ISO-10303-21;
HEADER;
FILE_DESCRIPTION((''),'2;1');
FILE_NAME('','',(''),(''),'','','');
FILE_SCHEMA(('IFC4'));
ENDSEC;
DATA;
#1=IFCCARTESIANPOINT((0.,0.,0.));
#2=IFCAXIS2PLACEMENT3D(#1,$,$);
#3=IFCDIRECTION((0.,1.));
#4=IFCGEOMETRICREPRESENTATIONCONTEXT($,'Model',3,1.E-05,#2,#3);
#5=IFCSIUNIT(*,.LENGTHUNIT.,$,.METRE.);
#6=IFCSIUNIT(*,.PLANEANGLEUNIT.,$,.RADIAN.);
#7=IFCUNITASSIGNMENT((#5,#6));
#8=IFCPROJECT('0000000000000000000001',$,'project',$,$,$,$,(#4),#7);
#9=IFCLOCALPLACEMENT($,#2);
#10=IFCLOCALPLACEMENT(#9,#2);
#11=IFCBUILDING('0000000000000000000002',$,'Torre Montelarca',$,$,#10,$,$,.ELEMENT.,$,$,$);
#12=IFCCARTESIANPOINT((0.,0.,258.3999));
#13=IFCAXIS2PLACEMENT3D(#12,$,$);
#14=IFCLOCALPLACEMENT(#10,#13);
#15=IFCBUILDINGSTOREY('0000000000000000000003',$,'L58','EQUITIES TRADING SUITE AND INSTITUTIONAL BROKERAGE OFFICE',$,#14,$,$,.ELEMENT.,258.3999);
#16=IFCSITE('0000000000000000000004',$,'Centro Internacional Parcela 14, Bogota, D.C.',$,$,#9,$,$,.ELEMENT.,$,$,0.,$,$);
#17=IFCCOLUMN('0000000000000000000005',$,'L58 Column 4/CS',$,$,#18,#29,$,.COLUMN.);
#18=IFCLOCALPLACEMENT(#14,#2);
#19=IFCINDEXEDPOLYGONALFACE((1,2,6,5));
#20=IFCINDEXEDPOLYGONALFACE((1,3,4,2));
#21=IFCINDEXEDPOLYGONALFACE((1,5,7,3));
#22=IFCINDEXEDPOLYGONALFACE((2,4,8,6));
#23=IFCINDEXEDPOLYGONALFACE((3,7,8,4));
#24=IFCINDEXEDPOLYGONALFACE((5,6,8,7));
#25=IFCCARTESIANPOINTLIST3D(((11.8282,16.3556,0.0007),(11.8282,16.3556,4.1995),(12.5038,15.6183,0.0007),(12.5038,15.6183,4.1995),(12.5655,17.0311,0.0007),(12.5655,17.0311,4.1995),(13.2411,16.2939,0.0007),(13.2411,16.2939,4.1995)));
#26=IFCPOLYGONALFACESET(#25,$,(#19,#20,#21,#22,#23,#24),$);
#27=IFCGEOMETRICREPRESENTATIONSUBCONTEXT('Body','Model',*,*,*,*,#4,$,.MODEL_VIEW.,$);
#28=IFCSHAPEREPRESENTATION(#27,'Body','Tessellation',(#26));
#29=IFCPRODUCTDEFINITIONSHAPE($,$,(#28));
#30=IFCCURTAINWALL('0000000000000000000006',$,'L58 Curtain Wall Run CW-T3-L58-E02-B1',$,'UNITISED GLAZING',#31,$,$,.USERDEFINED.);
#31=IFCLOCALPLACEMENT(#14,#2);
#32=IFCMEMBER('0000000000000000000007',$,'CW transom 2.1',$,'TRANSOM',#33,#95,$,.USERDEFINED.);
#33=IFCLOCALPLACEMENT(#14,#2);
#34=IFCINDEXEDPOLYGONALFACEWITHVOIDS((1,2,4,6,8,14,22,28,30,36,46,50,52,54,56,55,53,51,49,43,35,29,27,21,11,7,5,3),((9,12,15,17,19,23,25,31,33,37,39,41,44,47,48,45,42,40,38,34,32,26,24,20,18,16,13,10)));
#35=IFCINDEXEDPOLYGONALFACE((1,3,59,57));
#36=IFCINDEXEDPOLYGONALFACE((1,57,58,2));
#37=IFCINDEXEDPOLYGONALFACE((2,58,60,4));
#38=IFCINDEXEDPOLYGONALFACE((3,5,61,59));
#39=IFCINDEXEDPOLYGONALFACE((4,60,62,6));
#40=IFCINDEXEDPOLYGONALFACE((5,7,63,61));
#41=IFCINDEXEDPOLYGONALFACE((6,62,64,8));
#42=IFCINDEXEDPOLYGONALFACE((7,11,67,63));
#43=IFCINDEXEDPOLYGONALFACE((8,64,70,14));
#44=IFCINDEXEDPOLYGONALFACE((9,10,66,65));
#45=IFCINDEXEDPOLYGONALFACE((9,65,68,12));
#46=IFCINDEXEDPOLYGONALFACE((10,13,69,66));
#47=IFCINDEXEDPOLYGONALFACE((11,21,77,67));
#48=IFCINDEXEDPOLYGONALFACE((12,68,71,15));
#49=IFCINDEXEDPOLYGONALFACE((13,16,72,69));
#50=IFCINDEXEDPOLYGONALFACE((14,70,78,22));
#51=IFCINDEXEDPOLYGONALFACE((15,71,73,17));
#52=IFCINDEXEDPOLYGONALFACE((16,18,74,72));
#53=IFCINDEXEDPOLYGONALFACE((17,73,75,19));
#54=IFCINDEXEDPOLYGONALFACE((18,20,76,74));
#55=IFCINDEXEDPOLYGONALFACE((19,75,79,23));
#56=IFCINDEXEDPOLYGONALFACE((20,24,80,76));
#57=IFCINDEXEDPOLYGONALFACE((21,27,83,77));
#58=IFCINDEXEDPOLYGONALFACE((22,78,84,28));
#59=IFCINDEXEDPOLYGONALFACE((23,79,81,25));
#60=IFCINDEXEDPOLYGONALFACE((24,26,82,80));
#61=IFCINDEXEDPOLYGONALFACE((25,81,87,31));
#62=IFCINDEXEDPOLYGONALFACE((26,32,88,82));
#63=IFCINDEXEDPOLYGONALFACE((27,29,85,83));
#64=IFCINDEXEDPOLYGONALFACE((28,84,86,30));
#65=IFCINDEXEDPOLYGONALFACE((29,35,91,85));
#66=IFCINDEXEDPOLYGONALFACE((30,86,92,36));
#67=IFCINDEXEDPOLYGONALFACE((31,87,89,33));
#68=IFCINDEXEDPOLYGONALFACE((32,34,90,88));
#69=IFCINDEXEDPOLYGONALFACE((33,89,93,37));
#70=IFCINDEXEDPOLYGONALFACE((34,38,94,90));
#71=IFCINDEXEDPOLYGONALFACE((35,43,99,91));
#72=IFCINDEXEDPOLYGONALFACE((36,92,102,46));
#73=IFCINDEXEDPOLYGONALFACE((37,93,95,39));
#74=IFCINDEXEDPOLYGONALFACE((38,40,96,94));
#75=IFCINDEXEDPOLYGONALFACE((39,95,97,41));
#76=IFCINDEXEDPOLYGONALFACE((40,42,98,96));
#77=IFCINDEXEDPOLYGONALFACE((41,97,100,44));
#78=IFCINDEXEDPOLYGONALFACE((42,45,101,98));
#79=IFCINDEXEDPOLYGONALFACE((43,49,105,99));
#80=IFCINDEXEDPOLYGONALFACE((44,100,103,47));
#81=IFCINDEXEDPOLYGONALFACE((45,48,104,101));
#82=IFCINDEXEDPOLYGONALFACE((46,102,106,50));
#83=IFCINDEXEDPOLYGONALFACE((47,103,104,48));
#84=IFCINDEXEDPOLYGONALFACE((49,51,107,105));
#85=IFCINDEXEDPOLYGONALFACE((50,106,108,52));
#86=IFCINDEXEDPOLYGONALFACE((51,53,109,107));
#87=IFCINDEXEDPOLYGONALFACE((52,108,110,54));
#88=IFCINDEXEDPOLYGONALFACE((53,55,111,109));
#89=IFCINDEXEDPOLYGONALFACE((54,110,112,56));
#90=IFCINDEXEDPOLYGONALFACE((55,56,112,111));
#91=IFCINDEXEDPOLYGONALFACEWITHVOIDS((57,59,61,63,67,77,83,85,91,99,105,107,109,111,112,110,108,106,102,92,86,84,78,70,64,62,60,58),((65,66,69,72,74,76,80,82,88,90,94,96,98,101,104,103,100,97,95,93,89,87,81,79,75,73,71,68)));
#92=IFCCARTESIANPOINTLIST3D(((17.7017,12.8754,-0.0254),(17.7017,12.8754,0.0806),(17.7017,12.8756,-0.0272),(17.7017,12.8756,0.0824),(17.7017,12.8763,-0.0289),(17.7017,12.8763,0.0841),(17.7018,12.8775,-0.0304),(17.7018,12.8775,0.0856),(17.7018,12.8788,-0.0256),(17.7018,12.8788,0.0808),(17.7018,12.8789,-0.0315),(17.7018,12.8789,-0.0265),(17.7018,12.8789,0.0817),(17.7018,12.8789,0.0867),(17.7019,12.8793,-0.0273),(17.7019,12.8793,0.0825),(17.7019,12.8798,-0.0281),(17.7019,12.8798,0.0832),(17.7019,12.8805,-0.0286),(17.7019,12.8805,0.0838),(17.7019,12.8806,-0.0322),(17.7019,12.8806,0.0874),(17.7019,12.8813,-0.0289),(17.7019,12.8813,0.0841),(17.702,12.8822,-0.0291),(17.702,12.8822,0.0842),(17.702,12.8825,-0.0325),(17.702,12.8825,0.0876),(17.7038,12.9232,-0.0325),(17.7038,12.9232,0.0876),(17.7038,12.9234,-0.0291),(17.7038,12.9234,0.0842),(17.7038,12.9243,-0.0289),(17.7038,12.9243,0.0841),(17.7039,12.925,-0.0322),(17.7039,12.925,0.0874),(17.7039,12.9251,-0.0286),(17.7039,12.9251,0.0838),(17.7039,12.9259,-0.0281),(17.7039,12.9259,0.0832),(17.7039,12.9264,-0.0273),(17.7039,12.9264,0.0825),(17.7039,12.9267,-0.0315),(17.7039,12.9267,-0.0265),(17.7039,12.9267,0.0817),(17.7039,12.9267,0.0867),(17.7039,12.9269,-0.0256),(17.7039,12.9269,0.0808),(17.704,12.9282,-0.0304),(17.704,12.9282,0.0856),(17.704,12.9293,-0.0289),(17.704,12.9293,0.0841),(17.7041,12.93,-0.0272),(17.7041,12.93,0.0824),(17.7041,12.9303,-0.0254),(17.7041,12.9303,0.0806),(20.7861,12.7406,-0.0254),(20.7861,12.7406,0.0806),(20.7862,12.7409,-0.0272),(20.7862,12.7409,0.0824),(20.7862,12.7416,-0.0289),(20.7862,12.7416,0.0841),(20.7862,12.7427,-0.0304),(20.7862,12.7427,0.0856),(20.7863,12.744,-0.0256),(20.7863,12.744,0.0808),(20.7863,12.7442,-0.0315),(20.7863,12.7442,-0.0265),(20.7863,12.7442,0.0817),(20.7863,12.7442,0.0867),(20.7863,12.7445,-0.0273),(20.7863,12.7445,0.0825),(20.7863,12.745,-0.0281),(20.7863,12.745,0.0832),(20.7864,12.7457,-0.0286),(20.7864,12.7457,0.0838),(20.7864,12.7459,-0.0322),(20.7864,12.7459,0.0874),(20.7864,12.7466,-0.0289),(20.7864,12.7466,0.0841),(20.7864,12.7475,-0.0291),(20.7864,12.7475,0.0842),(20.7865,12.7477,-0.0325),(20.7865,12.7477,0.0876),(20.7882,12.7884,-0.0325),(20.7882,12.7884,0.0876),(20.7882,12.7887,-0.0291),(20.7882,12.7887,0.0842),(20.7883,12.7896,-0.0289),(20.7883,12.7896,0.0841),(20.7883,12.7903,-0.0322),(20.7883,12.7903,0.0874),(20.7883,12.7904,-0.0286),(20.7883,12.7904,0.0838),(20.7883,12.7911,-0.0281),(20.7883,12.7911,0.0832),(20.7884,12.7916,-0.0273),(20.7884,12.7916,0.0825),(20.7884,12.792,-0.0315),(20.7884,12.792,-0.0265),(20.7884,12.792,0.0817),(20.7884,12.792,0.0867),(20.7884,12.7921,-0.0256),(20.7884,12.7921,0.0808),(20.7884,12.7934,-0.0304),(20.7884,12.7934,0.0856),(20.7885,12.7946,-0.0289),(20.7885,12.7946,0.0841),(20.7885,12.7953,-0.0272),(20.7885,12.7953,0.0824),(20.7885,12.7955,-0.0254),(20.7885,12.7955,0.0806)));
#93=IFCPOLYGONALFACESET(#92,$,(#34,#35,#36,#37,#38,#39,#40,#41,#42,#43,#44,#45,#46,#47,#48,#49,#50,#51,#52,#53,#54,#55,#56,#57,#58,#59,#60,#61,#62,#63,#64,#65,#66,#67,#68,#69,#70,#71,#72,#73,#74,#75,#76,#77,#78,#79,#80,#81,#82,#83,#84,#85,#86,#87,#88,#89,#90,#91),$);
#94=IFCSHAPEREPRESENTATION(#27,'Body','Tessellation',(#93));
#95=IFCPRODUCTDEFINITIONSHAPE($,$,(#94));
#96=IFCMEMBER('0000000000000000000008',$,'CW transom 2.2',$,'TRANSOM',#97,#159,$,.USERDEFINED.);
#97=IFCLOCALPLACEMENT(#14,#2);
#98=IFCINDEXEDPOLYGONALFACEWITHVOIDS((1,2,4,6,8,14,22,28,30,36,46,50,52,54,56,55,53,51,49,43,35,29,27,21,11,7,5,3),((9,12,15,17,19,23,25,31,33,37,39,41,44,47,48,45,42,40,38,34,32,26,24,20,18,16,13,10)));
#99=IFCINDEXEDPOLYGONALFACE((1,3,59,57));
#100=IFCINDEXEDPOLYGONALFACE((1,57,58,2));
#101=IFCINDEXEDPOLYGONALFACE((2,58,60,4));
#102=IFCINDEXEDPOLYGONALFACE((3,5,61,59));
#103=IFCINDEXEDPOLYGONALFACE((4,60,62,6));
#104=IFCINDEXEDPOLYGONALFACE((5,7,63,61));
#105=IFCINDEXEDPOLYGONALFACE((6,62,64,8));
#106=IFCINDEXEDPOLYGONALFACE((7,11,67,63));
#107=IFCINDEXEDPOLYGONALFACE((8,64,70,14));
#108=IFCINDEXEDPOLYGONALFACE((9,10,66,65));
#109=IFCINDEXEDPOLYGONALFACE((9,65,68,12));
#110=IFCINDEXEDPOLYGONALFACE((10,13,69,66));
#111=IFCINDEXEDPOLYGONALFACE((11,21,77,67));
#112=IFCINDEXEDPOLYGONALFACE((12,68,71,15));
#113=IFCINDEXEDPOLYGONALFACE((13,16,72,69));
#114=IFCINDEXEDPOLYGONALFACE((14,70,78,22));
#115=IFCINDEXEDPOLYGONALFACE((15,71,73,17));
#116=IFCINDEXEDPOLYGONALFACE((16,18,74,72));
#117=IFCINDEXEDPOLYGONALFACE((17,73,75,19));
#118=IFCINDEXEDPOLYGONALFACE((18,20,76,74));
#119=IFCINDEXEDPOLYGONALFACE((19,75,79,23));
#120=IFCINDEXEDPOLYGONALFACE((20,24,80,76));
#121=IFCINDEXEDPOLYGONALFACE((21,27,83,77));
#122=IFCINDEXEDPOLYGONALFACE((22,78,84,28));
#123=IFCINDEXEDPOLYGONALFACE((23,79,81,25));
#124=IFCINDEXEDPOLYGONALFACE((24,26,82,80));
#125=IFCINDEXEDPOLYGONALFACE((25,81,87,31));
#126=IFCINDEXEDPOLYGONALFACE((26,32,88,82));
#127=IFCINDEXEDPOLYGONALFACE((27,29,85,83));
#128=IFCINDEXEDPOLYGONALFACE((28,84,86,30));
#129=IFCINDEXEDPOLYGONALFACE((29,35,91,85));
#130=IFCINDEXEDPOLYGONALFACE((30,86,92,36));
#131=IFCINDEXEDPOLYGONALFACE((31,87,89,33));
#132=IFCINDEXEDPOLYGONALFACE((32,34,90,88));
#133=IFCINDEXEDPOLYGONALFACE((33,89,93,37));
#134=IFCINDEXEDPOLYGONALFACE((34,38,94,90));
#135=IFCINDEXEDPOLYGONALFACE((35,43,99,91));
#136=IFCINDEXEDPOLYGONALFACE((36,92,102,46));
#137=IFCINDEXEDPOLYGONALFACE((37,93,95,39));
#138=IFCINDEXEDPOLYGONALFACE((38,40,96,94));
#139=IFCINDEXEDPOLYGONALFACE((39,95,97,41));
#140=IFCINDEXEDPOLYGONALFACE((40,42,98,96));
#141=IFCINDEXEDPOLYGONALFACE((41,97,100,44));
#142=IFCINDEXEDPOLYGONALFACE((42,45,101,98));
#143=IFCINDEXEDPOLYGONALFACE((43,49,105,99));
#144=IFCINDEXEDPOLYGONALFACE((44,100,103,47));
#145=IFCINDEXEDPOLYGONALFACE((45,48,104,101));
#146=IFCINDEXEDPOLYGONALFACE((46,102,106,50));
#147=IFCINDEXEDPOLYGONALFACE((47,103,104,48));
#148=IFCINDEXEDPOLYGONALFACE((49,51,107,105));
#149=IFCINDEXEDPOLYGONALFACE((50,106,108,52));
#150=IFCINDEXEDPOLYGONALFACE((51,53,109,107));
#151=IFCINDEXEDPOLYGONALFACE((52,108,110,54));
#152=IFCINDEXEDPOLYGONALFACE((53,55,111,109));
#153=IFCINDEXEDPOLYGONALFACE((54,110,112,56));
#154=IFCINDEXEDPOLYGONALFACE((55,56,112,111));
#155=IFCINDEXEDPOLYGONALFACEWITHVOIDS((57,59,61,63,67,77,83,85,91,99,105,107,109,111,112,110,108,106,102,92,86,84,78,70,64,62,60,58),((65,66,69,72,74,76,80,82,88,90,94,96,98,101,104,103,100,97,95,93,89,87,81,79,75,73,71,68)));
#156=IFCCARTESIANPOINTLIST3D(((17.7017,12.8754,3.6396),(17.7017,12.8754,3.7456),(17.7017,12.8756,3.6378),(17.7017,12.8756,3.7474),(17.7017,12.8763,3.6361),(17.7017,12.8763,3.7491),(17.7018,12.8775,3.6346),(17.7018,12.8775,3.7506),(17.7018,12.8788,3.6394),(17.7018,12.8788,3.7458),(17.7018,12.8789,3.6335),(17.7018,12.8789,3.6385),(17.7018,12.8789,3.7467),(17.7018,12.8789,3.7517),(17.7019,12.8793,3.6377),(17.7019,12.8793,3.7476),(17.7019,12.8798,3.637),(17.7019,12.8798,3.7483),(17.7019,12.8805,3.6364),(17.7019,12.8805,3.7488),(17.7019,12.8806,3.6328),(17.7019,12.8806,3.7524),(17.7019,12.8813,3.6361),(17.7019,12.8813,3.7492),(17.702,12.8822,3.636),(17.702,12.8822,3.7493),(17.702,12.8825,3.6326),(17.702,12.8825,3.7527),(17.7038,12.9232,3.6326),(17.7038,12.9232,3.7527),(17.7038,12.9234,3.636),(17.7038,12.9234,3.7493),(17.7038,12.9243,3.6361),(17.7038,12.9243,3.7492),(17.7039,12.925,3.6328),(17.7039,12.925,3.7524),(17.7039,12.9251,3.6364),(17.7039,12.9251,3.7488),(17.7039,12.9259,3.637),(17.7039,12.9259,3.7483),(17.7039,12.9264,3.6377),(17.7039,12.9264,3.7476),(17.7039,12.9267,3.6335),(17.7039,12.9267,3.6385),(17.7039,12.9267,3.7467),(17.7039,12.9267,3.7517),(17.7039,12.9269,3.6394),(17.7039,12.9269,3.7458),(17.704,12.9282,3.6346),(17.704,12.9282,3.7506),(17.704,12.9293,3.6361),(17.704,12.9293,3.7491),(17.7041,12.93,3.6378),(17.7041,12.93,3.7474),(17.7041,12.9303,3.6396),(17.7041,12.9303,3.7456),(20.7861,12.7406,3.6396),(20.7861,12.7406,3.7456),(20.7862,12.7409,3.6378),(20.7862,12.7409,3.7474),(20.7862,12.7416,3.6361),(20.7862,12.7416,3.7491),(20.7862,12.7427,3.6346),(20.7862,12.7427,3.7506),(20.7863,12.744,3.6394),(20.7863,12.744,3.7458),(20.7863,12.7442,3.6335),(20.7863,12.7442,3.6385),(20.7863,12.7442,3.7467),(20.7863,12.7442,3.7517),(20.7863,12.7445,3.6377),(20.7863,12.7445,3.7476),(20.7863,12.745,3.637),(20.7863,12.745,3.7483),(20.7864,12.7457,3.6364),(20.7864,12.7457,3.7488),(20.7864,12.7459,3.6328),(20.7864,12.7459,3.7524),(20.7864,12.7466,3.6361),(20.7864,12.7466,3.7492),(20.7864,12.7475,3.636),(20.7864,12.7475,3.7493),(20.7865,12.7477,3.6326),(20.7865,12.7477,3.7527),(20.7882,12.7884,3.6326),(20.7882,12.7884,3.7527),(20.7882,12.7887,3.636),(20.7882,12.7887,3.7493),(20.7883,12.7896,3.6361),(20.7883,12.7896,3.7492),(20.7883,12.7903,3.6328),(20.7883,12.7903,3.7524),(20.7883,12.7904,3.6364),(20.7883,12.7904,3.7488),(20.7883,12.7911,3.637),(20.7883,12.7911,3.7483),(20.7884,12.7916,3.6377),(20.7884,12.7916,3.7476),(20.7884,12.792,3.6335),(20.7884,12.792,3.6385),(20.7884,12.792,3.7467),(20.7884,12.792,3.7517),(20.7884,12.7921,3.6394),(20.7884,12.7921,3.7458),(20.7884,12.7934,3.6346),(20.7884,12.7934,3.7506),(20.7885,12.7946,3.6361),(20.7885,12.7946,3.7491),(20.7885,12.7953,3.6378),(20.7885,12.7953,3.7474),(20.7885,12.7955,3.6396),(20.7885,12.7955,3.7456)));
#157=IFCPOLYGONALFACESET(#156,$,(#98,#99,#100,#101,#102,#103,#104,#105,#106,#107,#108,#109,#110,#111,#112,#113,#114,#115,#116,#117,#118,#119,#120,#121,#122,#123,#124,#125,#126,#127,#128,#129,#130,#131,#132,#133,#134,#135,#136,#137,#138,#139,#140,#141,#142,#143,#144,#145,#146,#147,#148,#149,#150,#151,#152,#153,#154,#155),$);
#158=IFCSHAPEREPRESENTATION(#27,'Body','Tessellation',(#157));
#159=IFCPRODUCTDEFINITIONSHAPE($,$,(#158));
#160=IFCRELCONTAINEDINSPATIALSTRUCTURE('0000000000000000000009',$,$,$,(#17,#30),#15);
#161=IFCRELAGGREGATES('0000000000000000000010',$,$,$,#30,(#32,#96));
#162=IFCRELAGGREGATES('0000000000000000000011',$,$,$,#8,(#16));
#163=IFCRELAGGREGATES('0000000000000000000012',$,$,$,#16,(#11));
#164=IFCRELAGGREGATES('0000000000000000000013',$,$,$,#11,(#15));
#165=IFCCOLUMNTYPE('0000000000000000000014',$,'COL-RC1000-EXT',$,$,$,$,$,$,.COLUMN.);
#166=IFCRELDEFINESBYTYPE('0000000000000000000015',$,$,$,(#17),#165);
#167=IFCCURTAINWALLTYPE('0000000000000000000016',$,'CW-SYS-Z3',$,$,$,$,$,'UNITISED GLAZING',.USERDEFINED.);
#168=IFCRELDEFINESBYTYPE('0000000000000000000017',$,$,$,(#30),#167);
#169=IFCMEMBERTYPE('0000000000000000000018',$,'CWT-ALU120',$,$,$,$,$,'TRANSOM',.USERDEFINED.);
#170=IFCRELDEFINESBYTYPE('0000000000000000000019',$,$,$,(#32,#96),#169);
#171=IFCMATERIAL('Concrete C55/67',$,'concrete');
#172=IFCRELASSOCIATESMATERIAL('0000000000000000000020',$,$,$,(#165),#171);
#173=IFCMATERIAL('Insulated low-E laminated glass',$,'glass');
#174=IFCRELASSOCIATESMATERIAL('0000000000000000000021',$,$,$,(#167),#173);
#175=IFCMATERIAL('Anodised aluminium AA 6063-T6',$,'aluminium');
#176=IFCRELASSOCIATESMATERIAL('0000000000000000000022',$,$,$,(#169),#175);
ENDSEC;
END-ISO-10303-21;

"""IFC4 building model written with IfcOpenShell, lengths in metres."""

from ifc_helpers import new_model, si_unit, direction, frame, origin, origin_2d, place, context, subcontext, project, spatial, rectangle, hollow_rectangle, extrude, source, transform, mapped, material, material_profile, profile_set, type_object, element, aggregate, save


model = new_model("IFC4")

# Units and contexts
model_context = context("Model", 3, precision=1e-05, world=origin(), true_north=direction((0.0, 1.0)))
body_context = subcontext(model_context, "Body", "Model", "MODEL_VIEW")
ifc_project = project(units=[si_unit("LENGTHUNIT", "METRE"), si_unit("PLANEANGLEUNIT", "RADIAN")], contexts=[model_context])

# Site, building, storey
site_placement = place(None, origin())
site = spatial("IfcSite", under=ifc_project, at=site_placement, Name="Centro Internacional Parcela 14, Bogota, D.C.", CompositionType="ELEMENT", RefElevation=0.0)
building_placement = place(site_placement, origin())
building = spatial("IfcBuilding", under=site, at=building_placement, Name="Torre Montelarca", CompositionType="ELEMENT")
storey_placement = place(building_placement, frame((0.0, 0.0, 258.3999)))
storey = spatial("IfcBuildingStorey", under=building, at=storey_placement, Name="L58", Description="EQUITIES TRADING SUITE AND INSTITUTIONAL BROKERAGE OFFICE", CompositionType="ELEMENT", Elevation=258.3999)

# Column
ifc_material_1 = material(Name="Concrete C55/67", Category="concrete")
ifc_material_profile_1 = material_profile(ifc_material_1, rectangle(XDim=1.0, YDim=1.0, at=origin_2d()), Name="RC1000X1000", Category="concrete")
ifc_profile_set_1 = profile_set([ifc_material_profile_1], Name="Concrete C55/67")
column_type = type_object("IfcColumnType", Name="COL-RC1000-EXT", PredefinedType="COLUMN", material=ifc_profile_set_1)
shared_shape_1 = source(origin(), body_context, "Body", "SweptSolid", [
    extrude(rectangle(XDim=1.0, YDim=1.0, at=origin_2d()), origin(), (0.0, 0.0, 1.0), 4.1987),
])
column_placement = place(storey_placement, frame((12.5347, 16.3247, 0.0007), z_axis=(0.0, 0.0, 1.0), x_axis=(-0.67559, 0.737277, 0.0)))
element("IfcColumn", 1, at=column_placement, inside=storey, type_object=column_type, Name="L58 Column 4/CS", PredefinedType="COLUMN", context=body_context, shape_type="MappedRepresentation", body=[
    mapped(shared_shape_1, transform((0.0, 0.0, 0.0), scale=1.0)),
])

# Curtain wall, members
ifc_material_2 = material(Name="Insulated low-E laminated glass", Category="glass")
curtain_wall_type = type_object("IfcCurtainWallType", Name="CW-SYS-Z3", ElementType="UNITISED GLAZING", PredefinedType="USERDEFINED", material=ifc_material_2)
curtain_wall_1_placement = place(storey_placement, origin())
curtain_wall_1 = element("IfcCurtainWall", 2, at=curtain_wall_1_placement, inside=storey, type_object=curtain_wall_type, Name="L58 Curtain Wall Run CW-T3-L58-E02-B1", ObjectType="UNITISED GLAZING", PredefinedType="USERDEFINED")
ifc_material_3 = material(Name="Anodised aluminium AA 6063-T6", Category="aluminium")
ifc_material_profile_2 = material_profile(ifc_material_3, hollow_rectangle(XDim=0.0549, YDim=0.1201, WallThickness=0.0034, InnerFilletRadius=0.0034, OuterFilletRadius=0.0071, at=origin_2d()), Name="ALU55X120X3.5", Category="aluminium")
ifc_profile_set_2 = profile_set([ifc_material_profile_2], Name="Anodised aluminium AA 6063-T6")
member_type_1 = type_object("IfcMemberType", Name="CWT-ALU120", ElementType="TRANSOM", PredefinedType="USERDEFINED", material=ifc_profile_set_2)
shared_shape_2 = source(origin(), body_context, "Body", "SweptSolid", [
    extrude(hollow_rectangle(XDim=0.0549, YDim=0.1201, WallThickness=0.0034, InnerFilletRadius=0.0034, OuterFilletRadius=0.0071, at=origin_2d()), origin(), (0.0, 0.0, 1.0), 3.0874),
])
member_1_placement = place(storey_placement, frame((17.7029, 12.9028, 0.0276), z_axis=(0.999047, -0.04365, 0.0), x_axis=(0.04365, 0.999047, 0.0)))
member_1 = element("IfcMember", 3, at=member_1_placement, type_object=member_type_1, Name="CW transom 2.1", ObjectType="TRANSOM", PredefinedType="USERDEFINED", context=body_context, shape_type="MappedRepresentation", body=[
    mapped(shared_shape_2, transform((0.0, 0.0, 0.0), scale=1.0)),
])
member_2_placement = place(storey_placement, frame((17.7029, 12.9028, 3.6926), z_axis=(0.999047, -0.04365, 0.0), x_axis=(0.04365, 0.999047, 0.0)))
member_2 = element("IfcMember", 4, at=member_2_placement, type_object=member_type_1, Name="CW transom 2.2", ObjectType="TRANSOM", PredefinedType="USERDEFINED", context=body_context, shape_type="MappedRepresentation", body=[
    mapped(shared_shape_2, transform((0.0, 0.0, 0.0), scale=1.0)),
])

aggregate(curtain_wall_1, [member_1, member_2])

save(model, "model.ifc")
